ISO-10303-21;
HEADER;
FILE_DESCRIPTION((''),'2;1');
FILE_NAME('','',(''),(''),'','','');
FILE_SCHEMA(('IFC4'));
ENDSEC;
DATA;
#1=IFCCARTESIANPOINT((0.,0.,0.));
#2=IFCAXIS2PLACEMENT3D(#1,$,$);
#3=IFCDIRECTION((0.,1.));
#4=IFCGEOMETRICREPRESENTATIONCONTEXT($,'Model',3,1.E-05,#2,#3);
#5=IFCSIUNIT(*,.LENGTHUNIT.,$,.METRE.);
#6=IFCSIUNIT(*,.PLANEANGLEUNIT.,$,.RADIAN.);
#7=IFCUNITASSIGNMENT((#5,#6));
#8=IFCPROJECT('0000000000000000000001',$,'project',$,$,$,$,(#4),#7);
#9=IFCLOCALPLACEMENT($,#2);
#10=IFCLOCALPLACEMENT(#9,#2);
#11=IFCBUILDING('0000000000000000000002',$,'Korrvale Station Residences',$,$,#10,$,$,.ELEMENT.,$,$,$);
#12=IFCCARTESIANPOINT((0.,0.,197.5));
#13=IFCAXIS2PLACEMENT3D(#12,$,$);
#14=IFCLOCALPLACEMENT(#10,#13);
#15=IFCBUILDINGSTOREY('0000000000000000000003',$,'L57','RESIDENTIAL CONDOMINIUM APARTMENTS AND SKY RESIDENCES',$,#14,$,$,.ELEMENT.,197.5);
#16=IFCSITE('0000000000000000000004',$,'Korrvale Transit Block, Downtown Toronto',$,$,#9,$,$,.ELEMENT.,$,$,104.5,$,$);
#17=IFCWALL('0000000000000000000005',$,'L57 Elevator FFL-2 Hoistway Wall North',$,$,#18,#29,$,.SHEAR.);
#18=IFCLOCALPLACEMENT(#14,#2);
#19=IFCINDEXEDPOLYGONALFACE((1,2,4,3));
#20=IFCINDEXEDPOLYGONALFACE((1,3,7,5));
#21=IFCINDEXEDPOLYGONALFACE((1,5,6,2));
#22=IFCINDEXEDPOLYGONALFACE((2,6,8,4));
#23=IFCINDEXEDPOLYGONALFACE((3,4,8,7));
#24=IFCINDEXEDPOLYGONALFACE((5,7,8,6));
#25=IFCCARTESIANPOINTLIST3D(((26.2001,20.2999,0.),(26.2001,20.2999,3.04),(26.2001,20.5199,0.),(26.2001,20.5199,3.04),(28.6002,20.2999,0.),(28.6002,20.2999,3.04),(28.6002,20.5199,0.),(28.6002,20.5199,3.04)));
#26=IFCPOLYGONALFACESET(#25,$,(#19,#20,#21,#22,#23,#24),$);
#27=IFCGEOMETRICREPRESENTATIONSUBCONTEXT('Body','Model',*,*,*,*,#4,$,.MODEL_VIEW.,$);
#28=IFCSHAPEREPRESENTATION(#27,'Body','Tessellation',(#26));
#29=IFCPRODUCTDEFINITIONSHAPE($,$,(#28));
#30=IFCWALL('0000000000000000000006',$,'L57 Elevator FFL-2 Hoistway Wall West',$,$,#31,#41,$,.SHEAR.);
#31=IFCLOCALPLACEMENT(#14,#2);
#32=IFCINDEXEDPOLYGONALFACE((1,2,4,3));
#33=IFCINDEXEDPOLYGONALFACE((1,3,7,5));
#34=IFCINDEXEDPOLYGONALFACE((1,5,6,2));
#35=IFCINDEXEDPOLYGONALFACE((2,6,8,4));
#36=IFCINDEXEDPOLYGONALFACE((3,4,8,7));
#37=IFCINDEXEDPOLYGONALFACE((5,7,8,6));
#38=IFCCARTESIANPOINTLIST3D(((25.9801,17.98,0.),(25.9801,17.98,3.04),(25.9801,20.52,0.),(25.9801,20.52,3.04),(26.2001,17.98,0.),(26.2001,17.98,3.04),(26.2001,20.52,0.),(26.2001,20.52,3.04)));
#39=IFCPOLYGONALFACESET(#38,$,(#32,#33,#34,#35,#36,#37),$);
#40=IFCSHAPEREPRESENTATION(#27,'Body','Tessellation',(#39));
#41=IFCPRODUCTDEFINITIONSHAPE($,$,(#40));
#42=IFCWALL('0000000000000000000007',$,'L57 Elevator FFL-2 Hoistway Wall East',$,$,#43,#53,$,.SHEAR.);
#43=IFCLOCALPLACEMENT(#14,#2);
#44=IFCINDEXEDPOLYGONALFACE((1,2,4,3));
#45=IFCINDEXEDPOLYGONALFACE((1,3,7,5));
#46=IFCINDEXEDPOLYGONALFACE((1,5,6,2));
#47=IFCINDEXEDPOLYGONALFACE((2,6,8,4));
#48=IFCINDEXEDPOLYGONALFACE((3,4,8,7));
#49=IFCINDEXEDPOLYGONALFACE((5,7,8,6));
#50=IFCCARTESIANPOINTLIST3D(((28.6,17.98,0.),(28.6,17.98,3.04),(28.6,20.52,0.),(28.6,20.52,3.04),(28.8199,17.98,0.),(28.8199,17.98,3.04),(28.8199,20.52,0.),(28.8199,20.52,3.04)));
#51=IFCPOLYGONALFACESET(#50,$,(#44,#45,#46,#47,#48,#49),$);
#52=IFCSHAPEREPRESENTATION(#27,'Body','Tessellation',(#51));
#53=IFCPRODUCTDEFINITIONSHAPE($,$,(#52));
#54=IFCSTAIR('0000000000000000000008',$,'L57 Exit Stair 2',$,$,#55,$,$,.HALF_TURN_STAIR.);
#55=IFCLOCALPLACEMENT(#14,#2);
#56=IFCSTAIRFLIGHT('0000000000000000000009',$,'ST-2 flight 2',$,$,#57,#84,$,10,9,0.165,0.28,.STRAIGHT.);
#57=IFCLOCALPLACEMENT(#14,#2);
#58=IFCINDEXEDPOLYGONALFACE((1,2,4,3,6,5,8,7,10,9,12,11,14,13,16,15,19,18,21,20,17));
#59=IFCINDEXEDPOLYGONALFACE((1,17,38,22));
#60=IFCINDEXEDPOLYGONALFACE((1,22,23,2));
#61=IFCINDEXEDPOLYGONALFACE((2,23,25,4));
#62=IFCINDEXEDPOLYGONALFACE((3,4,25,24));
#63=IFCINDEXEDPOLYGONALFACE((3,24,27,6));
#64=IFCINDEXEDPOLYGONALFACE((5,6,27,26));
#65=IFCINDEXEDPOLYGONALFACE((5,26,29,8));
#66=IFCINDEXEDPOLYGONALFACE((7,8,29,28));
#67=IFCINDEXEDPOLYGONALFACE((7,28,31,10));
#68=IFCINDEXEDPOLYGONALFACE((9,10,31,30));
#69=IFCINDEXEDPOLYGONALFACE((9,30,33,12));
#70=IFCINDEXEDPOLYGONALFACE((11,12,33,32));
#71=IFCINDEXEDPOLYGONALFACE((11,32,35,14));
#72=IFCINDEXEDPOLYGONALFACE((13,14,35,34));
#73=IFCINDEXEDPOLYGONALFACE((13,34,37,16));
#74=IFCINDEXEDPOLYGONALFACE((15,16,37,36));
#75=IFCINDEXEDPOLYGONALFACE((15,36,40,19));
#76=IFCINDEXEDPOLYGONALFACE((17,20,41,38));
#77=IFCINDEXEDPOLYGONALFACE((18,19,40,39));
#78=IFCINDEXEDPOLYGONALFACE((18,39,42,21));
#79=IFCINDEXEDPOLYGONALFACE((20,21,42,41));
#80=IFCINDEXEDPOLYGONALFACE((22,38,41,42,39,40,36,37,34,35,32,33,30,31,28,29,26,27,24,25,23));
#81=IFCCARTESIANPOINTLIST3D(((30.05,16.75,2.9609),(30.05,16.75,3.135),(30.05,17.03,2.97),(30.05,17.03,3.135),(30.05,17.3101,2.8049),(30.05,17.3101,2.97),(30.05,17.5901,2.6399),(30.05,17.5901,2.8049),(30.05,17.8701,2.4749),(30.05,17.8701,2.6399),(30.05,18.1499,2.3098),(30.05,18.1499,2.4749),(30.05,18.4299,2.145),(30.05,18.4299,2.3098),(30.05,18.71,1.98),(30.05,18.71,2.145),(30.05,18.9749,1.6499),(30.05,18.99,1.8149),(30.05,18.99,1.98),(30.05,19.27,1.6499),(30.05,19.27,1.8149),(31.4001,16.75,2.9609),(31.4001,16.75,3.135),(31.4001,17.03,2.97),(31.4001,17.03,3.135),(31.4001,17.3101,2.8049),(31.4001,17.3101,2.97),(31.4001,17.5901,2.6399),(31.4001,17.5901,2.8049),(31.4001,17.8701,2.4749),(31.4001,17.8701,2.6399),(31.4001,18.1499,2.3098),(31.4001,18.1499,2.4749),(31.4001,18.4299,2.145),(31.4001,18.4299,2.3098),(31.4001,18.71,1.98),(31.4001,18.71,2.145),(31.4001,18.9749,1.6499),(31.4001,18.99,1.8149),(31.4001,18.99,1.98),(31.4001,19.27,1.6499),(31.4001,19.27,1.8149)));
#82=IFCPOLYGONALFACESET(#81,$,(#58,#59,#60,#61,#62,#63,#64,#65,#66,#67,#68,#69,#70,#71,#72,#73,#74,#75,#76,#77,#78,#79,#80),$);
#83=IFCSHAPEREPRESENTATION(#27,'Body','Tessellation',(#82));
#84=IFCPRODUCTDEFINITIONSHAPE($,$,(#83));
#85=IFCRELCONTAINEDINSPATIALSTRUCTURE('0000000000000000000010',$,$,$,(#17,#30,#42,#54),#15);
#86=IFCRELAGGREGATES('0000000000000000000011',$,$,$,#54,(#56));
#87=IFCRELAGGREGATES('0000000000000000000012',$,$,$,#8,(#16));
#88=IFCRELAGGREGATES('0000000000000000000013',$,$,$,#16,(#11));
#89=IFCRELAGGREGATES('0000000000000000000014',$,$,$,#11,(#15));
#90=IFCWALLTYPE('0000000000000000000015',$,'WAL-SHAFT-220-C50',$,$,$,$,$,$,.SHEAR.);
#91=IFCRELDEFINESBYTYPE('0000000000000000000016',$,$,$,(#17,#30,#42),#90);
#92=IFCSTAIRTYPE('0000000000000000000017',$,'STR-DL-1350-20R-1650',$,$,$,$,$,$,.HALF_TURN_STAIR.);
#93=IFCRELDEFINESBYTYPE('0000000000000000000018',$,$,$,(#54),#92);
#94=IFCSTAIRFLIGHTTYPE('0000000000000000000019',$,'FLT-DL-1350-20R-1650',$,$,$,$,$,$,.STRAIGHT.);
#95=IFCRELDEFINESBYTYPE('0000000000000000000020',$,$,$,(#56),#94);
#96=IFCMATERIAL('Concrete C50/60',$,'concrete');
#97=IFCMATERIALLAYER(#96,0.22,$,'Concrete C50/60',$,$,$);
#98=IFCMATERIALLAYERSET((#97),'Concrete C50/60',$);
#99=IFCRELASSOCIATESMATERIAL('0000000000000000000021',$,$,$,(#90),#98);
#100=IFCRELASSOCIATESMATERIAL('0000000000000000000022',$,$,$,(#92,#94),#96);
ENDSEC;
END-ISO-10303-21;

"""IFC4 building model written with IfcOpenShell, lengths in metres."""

from ifc_helpers import new_model, si_unit, direction, frame, frame_2d, origin, place, context, subcontext, project, spatial, polyline, rectangle, outline, extrude, material, layer, layer_set, type_object, element, aggregate, save


model = new_model("IFC4")

# Units and contexts
model_context = context("Model", 3, precision=1e-05, world=origin(), true_north=direction((0.0, 1.0)))
body_context = subcontext(model_context, "Body", "Model", "MODEL_VIEW")
ifc_project = project(units=[si_unit("LENGTHUNIT", "METRE"), si_unit("PLANEANGLEUNIT", "RADIAN")], contexts=[model_context])

# Site, building, storey
site_placement = place(None, origin())
site = spatial("IfcSite", under=ifc_project, at=site_placement, Name="Korrvale Transit Block, Downtown Toronto", CompositionType="ELEMENT", RefElevation=104.5)
building_placement = place(site_placement, origin())
building = spatial("IfcBuilding", under=site, at=building_placement, Name="Korrvale Station Residences", CompositionType="ELEMENT")
storey_placement = place(building_placement, frame((0.0, 0.0, 197.5)))
storey = spatial("IfcBuildingStorey", under=building, at=storey_placement, Name="L57", Description="RESIDENTIAL CONDOMINIUM APARTMENTS AND SKY RESIDENCES", CompositionType="ELEMENT", Elevation=197.5)

# Shared definitions
ifc_material_1 = material(Name="Concrete C50/60", Category="concrete")

# Shared definitions
ifc_layer_1 = layer(ifc_material_1, 0.22, Name="Concrete C50/60")
ifc_layer_set_1 = layer_set([ifc_layer_1], Name="Concrete C50/60")
wall_type_1 = type_object("IfcWallType", Name="WAL-SHAFT-220-C50", PredefinedType="SHEAR", material=ifc_layer_set_1)

# Walls
wall_1_placement = place(storey_placement, frame((26.2, 20.4099, 0.0), z_axis=(0.0, 0.0, 1.0), x_axis=(1.0, 0.0, 0.0)))
element("IfcWall", 1, at=wall_1_placement, inside=storey, type_object=wall_type_1, Name="L57 Elevator FFL-2 Hoistway Wall North", PredefinedType="SHEAR", context=body_context, shape_type="SweptSolid", body=[
    extrude(rectangle(XDim=2.4001, YDim=0.22, at=frame_2d((1.2002, 0.0))), origin(), (0.0, 0.0, 1.0), 3.04),
])
for number, where, z_axis, x_axis, name in (
    (2, (26.0901, 17.98, 0.0), (0.0, 0.0, 1.0), (0.0, 1.0, 0.0), "L57 Elevator FFL-2 Hoistway Wall West"),
    (3, (28.71, 17.98, 0.0), (0.0, 0.0, 1.0), (0.0, 1.0, 0.0), "L57 Elevator FFL-2 Hoistway Wall East"),
):
    element("IfcWall", number, at=place(storey_placement, frame(where, z_axis=z_axis, x_axis=x_axis)), inside=storey, type_object=wall_type_1, Name=name, PredefinedType="SHEAR", context=body_context, shape_type="SweptSolid", body=[
        extrude(rectangle(XDim=2.54, YDim=0.22, at=frame_2d((1.27, 0.0))), origin(), (0.0, 0.0, 1.0), 3.04),
    ])

# Stair, stair flight
stair_type = type_object("IfcStairType", Name="STR-DL-1350-20R-1650", PredefinedType="HALF_TURN_STAIR", material=ifc_material_1)
stair_placement = place(storey_placement, origin())
stair = element("IfcStair", 4, at=stair_placement, inside=storey, type_object=stair_type, Name="L57 Exit Stair 2", PredefinedType="HALF_TURN_STAIR")
stair_flight_type = type_object("IfcStairFlightType", Name="FLT-DL-1350-20R-1650", PredefinedType="STRAIGHT", material=ifc_material_1)
stair_flight_placement = place(storey_placement, frame((30.7251, 19.27, 1.6499), z_axis=(0.0, 0.0, 1.0), x_axis=(0.0, -1.0, 0.0)))
stair_flight = element("IfcStairFlight", 5, at=stair_flight_placement, type_object=stair_flight_type, Name="ST-2 flight 2", NumberOfRisers=10, NumberOfTreads=9, PredefinedType="STRAIGHT", RiserHeight=0.165, TreadLength=0.28, context=body_context, shape_type="SweptSolid", body=[
    extrude(outline(polyline([(0.0, 0.0), (0.0, 0.165), (0.28, 0.165), (0.28, 0.3301), (0.5601, 0.3301), (0.5601, 0.4951), (0.8401, 0.4951), (0.8401, 0.6599), (1.1201, 0.6599), (1.1201, 0.825), (1.3999, 0.825), (1.3999, 0.99), (1.6799, 0.99), (1.6799, 1.155), (1.96, 1.155), (1.96, 1.3201), (2.24, 1.3201), (2.24, 1.4851), (2.52, 1.4851), (2.52, 1.6499), (2.52, 1.311), (0.2952, 0.0), (0.0, 0.0)])), frame((0.0, 0.675, 0.0), z_axis=(0.0, -1.0, 0.0), x_axis=(1.0, 0.0, 0.0)), (0.0, 0.0, 1.0), 1.3501),
])
aggregate(stair, [stair_flight])

save(model, "model.ifc")
